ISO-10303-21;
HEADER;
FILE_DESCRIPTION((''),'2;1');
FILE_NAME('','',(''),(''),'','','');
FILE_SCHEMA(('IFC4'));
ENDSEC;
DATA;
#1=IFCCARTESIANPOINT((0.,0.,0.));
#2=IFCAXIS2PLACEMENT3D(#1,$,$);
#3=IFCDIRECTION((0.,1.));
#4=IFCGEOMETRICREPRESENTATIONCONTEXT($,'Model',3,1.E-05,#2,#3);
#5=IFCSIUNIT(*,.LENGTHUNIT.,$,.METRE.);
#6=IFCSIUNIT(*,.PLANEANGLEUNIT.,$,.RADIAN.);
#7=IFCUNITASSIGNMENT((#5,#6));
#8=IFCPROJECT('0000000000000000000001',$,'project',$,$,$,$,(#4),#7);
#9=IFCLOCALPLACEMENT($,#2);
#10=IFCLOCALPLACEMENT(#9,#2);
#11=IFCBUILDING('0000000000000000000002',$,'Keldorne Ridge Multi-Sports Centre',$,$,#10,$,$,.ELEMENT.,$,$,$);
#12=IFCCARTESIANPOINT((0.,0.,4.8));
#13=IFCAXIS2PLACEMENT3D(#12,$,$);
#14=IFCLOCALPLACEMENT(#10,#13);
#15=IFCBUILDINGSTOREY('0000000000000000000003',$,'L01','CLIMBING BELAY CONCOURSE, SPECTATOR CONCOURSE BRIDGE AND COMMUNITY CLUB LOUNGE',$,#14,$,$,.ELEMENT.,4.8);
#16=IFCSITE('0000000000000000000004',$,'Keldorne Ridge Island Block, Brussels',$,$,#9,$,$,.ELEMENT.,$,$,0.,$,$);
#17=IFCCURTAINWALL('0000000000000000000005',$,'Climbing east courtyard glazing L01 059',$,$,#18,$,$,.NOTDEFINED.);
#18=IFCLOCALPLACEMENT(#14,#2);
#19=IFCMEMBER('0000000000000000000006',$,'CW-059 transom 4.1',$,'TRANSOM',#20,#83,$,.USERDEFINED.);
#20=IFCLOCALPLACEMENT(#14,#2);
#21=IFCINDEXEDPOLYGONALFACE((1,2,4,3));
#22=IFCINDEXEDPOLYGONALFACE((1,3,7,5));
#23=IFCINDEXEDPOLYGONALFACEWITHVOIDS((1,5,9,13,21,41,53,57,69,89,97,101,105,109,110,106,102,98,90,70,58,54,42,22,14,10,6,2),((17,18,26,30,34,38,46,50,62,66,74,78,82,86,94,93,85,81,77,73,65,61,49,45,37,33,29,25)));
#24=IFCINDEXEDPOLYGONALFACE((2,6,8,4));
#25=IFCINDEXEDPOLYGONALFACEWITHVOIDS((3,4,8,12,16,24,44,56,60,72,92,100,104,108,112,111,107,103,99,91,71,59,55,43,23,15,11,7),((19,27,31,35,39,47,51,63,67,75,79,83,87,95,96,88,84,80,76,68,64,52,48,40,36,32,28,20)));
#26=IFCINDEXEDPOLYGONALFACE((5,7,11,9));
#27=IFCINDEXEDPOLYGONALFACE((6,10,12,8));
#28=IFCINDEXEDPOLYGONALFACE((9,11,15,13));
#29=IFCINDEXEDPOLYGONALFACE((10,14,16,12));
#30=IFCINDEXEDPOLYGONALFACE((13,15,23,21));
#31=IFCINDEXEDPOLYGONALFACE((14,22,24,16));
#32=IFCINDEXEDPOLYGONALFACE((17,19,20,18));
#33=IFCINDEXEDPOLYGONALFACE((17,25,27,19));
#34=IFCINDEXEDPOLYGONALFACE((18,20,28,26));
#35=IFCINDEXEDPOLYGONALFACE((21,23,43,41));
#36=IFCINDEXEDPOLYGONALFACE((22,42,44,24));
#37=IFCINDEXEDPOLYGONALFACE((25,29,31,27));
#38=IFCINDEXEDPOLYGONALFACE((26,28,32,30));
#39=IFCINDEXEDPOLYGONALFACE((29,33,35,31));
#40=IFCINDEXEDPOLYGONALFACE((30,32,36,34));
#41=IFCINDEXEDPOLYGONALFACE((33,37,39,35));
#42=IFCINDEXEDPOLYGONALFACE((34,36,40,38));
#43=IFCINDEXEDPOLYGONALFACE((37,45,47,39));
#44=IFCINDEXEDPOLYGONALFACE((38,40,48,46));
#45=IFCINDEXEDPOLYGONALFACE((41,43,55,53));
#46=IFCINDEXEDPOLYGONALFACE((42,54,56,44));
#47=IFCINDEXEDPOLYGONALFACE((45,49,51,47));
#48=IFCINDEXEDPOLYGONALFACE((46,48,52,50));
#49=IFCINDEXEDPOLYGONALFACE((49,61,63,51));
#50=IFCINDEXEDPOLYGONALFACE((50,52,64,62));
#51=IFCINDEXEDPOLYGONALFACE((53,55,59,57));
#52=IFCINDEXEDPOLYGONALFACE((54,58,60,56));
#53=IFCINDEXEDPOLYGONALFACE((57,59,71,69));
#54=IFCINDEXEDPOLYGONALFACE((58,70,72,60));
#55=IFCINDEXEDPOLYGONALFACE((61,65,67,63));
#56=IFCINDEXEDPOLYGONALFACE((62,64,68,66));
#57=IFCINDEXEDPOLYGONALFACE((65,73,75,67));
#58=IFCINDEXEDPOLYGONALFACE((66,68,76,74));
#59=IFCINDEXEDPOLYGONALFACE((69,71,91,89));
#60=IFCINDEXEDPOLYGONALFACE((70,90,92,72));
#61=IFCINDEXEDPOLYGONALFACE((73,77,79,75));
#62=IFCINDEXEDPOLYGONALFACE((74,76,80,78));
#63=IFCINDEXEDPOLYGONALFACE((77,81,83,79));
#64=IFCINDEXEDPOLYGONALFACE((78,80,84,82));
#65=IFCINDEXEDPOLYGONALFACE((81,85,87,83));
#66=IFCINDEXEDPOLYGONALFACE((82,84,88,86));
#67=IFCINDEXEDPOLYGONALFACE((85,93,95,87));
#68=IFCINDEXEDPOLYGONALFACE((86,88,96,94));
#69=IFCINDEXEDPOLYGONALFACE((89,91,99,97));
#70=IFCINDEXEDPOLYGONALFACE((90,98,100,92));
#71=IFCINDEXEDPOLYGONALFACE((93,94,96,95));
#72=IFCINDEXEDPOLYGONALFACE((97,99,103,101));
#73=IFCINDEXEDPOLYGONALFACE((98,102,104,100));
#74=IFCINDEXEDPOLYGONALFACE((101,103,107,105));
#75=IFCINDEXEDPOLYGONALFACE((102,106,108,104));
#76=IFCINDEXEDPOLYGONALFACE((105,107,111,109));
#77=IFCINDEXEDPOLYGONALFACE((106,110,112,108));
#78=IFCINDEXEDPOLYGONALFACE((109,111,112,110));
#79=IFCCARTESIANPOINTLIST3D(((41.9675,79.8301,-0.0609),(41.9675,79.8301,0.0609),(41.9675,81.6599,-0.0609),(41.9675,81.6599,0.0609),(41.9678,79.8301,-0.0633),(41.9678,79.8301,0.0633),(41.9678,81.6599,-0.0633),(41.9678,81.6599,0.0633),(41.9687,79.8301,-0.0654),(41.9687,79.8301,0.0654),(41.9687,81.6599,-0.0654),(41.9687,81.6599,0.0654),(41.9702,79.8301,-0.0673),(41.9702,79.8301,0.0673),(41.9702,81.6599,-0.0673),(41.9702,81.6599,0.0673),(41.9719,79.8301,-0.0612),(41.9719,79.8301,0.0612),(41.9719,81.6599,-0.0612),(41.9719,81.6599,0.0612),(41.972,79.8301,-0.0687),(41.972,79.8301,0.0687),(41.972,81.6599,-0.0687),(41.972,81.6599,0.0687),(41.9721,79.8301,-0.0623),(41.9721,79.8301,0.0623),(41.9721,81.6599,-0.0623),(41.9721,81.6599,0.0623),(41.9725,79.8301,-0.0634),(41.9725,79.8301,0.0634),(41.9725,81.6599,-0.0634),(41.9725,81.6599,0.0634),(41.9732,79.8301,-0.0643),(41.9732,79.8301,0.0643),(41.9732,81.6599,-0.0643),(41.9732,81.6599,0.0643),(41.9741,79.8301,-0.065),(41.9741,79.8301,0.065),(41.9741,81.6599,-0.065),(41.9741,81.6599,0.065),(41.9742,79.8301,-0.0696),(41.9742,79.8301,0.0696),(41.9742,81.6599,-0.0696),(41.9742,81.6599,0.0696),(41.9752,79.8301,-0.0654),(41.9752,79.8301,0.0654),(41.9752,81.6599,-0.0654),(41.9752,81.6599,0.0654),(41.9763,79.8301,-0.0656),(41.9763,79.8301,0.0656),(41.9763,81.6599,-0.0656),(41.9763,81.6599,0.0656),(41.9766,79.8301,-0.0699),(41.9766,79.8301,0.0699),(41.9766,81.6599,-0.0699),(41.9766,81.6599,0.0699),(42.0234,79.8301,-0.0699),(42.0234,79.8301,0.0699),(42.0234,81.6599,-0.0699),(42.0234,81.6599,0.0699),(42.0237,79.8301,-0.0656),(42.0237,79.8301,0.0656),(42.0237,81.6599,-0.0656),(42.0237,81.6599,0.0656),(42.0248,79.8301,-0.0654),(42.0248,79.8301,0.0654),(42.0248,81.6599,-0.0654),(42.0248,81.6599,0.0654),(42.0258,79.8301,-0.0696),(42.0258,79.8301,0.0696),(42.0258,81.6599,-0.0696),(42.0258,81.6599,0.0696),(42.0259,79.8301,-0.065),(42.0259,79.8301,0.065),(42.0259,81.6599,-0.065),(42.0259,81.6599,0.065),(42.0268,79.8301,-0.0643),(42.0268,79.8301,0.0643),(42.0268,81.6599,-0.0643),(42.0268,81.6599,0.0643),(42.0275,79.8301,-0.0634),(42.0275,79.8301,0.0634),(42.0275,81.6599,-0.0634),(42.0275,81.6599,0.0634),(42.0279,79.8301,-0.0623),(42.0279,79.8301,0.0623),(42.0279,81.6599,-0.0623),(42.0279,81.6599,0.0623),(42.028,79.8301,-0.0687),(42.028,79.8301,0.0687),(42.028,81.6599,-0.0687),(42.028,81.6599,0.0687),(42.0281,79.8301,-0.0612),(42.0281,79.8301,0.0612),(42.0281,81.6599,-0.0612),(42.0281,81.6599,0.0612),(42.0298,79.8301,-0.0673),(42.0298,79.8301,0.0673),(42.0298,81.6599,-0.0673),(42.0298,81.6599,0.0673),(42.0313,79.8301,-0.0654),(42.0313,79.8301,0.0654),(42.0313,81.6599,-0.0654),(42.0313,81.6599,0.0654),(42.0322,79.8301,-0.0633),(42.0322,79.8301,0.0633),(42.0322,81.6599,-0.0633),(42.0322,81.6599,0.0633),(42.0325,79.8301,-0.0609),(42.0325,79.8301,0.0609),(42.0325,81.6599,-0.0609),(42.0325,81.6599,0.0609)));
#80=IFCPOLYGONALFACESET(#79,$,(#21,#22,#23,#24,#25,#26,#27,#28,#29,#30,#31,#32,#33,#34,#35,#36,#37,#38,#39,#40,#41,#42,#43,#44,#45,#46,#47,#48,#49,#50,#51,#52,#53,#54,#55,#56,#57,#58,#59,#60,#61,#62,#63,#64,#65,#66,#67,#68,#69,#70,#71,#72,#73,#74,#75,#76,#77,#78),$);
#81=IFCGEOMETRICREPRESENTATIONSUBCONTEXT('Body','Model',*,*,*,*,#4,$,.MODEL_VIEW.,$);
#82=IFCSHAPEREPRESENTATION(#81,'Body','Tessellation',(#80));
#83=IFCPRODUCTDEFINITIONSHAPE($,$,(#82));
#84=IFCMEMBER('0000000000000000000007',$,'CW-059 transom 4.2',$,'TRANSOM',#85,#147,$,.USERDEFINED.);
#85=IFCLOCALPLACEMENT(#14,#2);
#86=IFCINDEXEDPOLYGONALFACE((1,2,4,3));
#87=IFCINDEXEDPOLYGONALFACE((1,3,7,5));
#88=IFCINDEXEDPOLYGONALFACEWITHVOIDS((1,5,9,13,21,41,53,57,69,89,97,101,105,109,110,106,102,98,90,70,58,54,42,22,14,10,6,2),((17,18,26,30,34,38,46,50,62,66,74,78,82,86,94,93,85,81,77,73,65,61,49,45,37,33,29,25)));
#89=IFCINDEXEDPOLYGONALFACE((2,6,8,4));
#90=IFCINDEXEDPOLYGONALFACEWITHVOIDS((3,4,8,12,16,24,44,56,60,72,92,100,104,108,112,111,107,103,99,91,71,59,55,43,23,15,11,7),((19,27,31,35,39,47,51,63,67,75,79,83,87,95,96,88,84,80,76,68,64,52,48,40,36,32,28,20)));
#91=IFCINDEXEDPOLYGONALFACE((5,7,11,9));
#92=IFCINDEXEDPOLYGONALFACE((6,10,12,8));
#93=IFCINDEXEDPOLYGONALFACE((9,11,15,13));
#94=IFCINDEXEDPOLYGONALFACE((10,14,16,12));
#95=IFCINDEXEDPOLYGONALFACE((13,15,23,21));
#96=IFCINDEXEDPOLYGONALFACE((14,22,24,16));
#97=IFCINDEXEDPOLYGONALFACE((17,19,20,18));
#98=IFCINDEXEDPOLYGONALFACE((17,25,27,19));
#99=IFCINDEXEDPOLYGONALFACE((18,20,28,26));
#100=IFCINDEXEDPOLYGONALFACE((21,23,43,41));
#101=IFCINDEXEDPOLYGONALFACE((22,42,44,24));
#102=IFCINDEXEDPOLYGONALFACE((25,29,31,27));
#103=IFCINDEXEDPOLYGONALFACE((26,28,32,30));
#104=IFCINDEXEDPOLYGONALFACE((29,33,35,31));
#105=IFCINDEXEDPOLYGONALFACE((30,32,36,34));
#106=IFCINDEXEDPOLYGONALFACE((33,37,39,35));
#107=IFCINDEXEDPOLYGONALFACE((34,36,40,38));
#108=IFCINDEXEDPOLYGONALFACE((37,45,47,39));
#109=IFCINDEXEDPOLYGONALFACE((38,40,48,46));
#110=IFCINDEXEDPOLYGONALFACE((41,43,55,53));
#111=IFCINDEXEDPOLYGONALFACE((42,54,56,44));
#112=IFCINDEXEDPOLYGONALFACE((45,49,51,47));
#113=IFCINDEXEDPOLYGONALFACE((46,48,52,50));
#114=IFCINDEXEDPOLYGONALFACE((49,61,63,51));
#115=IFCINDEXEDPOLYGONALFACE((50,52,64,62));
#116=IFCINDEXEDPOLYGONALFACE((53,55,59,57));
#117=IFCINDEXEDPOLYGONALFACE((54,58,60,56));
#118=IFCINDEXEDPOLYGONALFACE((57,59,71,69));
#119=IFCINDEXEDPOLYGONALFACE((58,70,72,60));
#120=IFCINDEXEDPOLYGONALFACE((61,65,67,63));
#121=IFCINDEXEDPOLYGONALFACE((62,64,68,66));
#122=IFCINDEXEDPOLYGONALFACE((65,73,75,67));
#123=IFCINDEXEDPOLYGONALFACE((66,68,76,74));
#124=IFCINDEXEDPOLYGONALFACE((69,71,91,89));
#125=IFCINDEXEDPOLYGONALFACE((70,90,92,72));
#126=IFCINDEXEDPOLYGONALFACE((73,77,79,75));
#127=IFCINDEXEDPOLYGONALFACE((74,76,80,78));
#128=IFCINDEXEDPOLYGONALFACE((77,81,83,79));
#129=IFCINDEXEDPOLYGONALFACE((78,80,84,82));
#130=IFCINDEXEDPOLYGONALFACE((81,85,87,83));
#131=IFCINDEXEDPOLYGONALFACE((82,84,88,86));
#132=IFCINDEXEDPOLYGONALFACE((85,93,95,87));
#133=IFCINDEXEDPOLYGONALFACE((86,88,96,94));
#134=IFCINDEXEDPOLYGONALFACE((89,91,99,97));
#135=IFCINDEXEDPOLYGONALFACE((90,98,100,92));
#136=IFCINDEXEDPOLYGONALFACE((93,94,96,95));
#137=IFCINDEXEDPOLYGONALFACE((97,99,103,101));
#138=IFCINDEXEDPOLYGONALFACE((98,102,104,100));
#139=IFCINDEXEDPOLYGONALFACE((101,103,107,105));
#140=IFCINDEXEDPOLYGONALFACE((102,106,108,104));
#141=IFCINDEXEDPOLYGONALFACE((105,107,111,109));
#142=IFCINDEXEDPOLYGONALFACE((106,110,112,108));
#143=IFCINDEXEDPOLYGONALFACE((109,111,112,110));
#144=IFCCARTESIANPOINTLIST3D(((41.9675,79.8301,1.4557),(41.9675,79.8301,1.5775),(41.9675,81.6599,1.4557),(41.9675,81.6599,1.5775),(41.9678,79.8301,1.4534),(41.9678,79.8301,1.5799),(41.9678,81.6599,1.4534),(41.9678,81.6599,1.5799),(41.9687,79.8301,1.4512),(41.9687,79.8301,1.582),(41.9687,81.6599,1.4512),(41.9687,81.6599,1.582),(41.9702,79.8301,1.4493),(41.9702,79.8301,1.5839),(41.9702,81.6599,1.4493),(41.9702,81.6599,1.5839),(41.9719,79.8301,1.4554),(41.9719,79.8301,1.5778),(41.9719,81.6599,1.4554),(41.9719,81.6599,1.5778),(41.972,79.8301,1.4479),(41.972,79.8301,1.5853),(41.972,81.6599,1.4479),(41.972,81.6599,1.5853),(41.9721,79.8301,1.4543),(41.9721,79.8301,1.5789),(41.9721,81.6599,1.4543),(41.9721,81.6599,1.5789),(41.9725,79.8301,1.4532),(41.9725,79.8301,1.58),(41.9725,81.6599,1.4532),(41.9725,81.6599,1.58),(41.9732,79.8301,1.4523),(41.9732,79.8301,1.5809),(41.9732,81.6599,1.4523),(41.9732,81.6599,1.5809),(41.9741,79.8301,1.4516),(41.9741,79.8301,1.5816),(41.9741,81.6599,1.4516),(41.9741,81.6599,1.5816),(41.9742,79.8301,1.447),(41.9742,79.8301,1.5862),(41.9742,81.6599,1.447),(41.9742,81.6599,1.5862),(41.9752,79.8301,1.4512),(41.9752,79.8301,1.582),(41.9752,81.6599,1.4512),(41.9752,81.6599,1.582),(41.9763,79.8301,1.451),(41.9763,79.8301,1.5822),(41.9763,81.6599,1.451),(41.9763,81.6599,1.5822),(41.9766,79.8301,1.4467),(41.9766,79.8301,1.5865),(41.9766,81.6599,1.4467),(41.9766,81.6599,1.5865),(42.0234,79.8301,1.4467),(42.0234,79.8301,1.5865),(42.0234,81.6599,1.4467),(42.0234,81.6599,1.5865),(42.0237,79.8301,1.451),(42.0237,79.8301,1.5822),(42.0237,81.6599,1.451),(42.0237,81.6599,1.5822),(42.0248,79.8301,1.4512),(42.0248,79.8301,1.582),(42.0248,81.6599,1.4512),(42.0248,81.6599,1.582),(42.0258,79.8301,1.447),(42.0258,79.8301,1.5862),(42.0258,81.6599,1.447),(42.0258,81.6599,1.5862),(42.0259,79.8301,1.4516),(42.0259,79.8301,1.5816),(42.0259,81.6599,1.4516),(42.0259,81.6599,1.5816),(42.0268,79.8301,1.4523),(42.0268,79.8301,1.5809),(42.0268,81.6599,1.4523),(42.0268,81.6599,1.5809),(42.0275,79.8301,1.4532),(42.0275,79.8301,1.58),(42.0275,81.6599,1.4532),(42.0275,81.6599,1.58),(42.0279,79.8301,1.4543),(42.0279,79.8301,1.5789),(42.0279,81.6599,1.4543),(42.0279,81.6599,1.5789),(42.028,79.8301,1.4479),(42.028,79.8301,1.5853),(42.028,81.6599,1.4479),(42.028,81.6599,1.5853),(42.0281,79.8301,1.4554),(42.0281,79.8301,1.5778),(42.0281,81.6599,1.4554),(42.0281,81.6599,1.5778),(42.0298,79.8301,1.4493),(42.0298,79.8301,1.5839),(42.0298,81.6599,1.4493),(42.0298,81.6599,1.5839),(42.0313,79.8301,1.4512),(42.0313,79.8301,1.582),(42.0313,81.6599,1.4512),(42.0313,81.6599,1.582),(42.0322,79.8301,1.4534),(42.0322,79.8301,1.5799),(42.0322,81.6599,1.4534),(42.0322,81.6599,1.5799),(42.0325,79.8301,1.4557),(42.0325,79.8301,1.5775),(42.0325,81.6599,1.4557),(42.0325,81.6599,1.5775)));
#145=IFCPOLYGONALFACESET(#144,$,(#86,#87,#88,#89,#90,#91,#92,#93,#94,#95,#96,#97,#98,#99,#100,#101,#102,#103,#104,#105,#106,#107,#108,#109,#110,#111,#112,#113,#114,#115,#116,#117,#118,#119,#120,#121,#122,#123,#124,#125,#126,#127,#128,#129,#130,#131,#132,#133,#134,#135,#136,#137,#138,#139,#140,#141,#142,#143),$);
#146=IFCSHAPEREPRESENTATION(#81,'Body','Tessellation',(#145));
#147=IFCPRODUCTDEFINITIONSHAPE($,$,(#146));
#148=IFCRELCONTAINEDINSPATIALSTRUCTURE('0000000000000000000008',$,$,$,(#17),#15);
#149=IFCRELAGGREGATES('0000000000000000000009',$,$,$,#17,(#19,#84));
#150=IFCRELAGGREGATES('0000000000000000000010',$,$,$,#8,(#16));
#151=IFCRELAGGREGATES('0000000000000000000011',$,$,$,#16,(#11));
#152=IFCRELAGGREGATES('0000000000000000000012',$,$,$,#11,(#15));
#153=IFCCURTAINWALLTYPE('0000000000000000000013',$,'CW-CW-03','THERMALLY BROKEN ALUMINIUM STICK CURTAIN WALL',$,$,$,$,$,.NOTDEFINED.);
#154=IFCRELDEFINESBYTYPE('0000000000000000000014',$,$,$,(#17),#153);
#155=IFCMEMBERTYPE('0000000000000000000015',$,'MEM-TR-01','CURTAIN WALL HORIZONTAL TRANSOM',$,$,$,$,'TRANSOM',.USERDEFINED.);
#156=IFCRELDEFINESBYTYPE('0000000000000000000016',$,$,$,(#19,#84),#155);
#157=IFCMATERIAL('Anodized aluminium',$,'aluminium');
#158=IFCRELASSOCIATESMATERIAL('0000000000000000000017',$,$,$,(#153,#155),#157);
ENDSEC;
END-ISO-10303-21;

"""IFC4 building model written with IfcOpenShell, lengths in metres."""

from ifc_helpers import new_model, si_unit, direction, frame, origin, origin_2d, place, context, subcontext, project, spatial, hollow_rectangle, extrude, material, material_profile, profile_set, type_object, element, aggregate, save


model = new_model("IFC4")

# Units and contexts
model_context = context("Model", 3, precision=1e-05, world=origin(), true_north=direction((0.0, 1.0)))
body_context = subcontext(model_context, "Body", "Model", "MODEL_VIEW")
ifc_project = project(units=[si_unit("LENGTHUNIT", "METRE"), si_unit("PLANEANGLEUNIT", "RADIAN")], contexts=[model_context])

# Site, building, storey
site_placement = place(None, origin())
site = spatial("IfcSite", under=ifc_project, at=site_placement, Name="Keldorne Ridge Island Block, Brussels", CompositionType="ELEMENT", RefElevation=0.0)
building_placement = place(site_placement, origin())
building = spatial("IfcBuilding", under=site, at=building_placement, Name="Keldorne Ridge Multi-Sports Centre", CompositionType="ELEMENT")
storey_placement = place(building_placement, frame((0.0, 0.0, 4.8)))
storey = spatial("IfcBuildingStorey", under=building, at=storey_placement, Name="L01", Description="CLIMBING BELAY CONCOURSE, SPECTATOR CONCOURSE BRIDGE AND COMMUNITY CLUB LOUNGE", CompositionType="ELEMENT", Elevation=4.8)

# Curtain wall
ifc_material_1 = material(Name="Anodized aluminium", Category="aluminium")
curtain_wall_type_1 = type_object("IfcCurtainWallType", Name="CW-CW-03", Description="THERMALLY BROKEN ALUMINIUM STICK CURTAIN WALL", PredefinedType="NOTDEFINED", material=ifc_material_1)
curtain_wall_1_placement = place(storey_placement, origin())
curtain_wall_1 = element("IfcCurtainWall", 1, at=curtain_wall_1_placement, inside=storey, type_object=curtain_wall_type_1, Name="Climbing east courtyard glazing L01 059", PredefinedType="NOTDEFINED")

# Members
ifc_material_profile_1 = material_profile(ifc_material_1, hollow_rectangle(XDim=0.0649, YDim=0.1399, WallThickness=0.0044, InnerFilletRadius=0.0044, OuterFilletRadius=0.009, at=origin_2d()), Name="ALU TRANSOM 140x65x4.5")
ifc_profile_set_1 = profile_set([ifc_material_profile_1], Name="Anodized aluminium")
member_type_1 = type_object("IfcMemberType", Name="MEM-TR-01", Description="CURTAIN WALL HORIZONTAL TRANSOM", ElementType="TRANSOM", PredefinedType="USERDEFINED", material=ifc_profile_set_1)
member_1_placement = place(storey_placement, frame((42.0, 79.8301, 0.0), z_axis=(0.0, 1.0, 0.0), x_axis=(-1.0, 0.0, 0.0)))
member_1 = element("IfcMember", 2, at=member_1_placement, type_object=member_type_1, Name="CW-059 transom 4.1", ObjectType="TRANSOM", PredefinedType="USERDEFINED", context=body_context, shape_type="SweptSolid", body=[
    extrude(hollow_rectangle(XDim=0.0649, YDim=0.1399, WallThickness=0.0044, InnerFilletRadius=0.0044, OuterFilletRadius=0.009, at=origin_2d()), origin(), (0.0, 0.0, 1.0), 1.8298),
])
member_2_placement = place(storey_placement, frame((42.0, 79.8301, 1.5166), z_axis=(0.0, 1.0, 0.0), x_axis=(-1.0, 0.0, 0.0)))
member_2 = element("IfcMember", 3, at=member_2_placement, type_object=member_type_1, Name="CW-059 transom 4.2", ObjectType="TRANSOM", PredefinedType="USERDEFINED", context=body_context, shape_type="SweptSolid", body=[
    extrude(hollow_rectangle(XDim=0.0649, YDim=0.1399, WallThickness=0.0044, InnerFilletRadius=0.0044, OuterFilletRadius=0.009, at=origin_2d()), origin(), (0.0, 0.0, 1.0), 1.8298),
])

aggregate(curtain_wall_1, [member_1, member_2])

save(model, "model.ifc")
